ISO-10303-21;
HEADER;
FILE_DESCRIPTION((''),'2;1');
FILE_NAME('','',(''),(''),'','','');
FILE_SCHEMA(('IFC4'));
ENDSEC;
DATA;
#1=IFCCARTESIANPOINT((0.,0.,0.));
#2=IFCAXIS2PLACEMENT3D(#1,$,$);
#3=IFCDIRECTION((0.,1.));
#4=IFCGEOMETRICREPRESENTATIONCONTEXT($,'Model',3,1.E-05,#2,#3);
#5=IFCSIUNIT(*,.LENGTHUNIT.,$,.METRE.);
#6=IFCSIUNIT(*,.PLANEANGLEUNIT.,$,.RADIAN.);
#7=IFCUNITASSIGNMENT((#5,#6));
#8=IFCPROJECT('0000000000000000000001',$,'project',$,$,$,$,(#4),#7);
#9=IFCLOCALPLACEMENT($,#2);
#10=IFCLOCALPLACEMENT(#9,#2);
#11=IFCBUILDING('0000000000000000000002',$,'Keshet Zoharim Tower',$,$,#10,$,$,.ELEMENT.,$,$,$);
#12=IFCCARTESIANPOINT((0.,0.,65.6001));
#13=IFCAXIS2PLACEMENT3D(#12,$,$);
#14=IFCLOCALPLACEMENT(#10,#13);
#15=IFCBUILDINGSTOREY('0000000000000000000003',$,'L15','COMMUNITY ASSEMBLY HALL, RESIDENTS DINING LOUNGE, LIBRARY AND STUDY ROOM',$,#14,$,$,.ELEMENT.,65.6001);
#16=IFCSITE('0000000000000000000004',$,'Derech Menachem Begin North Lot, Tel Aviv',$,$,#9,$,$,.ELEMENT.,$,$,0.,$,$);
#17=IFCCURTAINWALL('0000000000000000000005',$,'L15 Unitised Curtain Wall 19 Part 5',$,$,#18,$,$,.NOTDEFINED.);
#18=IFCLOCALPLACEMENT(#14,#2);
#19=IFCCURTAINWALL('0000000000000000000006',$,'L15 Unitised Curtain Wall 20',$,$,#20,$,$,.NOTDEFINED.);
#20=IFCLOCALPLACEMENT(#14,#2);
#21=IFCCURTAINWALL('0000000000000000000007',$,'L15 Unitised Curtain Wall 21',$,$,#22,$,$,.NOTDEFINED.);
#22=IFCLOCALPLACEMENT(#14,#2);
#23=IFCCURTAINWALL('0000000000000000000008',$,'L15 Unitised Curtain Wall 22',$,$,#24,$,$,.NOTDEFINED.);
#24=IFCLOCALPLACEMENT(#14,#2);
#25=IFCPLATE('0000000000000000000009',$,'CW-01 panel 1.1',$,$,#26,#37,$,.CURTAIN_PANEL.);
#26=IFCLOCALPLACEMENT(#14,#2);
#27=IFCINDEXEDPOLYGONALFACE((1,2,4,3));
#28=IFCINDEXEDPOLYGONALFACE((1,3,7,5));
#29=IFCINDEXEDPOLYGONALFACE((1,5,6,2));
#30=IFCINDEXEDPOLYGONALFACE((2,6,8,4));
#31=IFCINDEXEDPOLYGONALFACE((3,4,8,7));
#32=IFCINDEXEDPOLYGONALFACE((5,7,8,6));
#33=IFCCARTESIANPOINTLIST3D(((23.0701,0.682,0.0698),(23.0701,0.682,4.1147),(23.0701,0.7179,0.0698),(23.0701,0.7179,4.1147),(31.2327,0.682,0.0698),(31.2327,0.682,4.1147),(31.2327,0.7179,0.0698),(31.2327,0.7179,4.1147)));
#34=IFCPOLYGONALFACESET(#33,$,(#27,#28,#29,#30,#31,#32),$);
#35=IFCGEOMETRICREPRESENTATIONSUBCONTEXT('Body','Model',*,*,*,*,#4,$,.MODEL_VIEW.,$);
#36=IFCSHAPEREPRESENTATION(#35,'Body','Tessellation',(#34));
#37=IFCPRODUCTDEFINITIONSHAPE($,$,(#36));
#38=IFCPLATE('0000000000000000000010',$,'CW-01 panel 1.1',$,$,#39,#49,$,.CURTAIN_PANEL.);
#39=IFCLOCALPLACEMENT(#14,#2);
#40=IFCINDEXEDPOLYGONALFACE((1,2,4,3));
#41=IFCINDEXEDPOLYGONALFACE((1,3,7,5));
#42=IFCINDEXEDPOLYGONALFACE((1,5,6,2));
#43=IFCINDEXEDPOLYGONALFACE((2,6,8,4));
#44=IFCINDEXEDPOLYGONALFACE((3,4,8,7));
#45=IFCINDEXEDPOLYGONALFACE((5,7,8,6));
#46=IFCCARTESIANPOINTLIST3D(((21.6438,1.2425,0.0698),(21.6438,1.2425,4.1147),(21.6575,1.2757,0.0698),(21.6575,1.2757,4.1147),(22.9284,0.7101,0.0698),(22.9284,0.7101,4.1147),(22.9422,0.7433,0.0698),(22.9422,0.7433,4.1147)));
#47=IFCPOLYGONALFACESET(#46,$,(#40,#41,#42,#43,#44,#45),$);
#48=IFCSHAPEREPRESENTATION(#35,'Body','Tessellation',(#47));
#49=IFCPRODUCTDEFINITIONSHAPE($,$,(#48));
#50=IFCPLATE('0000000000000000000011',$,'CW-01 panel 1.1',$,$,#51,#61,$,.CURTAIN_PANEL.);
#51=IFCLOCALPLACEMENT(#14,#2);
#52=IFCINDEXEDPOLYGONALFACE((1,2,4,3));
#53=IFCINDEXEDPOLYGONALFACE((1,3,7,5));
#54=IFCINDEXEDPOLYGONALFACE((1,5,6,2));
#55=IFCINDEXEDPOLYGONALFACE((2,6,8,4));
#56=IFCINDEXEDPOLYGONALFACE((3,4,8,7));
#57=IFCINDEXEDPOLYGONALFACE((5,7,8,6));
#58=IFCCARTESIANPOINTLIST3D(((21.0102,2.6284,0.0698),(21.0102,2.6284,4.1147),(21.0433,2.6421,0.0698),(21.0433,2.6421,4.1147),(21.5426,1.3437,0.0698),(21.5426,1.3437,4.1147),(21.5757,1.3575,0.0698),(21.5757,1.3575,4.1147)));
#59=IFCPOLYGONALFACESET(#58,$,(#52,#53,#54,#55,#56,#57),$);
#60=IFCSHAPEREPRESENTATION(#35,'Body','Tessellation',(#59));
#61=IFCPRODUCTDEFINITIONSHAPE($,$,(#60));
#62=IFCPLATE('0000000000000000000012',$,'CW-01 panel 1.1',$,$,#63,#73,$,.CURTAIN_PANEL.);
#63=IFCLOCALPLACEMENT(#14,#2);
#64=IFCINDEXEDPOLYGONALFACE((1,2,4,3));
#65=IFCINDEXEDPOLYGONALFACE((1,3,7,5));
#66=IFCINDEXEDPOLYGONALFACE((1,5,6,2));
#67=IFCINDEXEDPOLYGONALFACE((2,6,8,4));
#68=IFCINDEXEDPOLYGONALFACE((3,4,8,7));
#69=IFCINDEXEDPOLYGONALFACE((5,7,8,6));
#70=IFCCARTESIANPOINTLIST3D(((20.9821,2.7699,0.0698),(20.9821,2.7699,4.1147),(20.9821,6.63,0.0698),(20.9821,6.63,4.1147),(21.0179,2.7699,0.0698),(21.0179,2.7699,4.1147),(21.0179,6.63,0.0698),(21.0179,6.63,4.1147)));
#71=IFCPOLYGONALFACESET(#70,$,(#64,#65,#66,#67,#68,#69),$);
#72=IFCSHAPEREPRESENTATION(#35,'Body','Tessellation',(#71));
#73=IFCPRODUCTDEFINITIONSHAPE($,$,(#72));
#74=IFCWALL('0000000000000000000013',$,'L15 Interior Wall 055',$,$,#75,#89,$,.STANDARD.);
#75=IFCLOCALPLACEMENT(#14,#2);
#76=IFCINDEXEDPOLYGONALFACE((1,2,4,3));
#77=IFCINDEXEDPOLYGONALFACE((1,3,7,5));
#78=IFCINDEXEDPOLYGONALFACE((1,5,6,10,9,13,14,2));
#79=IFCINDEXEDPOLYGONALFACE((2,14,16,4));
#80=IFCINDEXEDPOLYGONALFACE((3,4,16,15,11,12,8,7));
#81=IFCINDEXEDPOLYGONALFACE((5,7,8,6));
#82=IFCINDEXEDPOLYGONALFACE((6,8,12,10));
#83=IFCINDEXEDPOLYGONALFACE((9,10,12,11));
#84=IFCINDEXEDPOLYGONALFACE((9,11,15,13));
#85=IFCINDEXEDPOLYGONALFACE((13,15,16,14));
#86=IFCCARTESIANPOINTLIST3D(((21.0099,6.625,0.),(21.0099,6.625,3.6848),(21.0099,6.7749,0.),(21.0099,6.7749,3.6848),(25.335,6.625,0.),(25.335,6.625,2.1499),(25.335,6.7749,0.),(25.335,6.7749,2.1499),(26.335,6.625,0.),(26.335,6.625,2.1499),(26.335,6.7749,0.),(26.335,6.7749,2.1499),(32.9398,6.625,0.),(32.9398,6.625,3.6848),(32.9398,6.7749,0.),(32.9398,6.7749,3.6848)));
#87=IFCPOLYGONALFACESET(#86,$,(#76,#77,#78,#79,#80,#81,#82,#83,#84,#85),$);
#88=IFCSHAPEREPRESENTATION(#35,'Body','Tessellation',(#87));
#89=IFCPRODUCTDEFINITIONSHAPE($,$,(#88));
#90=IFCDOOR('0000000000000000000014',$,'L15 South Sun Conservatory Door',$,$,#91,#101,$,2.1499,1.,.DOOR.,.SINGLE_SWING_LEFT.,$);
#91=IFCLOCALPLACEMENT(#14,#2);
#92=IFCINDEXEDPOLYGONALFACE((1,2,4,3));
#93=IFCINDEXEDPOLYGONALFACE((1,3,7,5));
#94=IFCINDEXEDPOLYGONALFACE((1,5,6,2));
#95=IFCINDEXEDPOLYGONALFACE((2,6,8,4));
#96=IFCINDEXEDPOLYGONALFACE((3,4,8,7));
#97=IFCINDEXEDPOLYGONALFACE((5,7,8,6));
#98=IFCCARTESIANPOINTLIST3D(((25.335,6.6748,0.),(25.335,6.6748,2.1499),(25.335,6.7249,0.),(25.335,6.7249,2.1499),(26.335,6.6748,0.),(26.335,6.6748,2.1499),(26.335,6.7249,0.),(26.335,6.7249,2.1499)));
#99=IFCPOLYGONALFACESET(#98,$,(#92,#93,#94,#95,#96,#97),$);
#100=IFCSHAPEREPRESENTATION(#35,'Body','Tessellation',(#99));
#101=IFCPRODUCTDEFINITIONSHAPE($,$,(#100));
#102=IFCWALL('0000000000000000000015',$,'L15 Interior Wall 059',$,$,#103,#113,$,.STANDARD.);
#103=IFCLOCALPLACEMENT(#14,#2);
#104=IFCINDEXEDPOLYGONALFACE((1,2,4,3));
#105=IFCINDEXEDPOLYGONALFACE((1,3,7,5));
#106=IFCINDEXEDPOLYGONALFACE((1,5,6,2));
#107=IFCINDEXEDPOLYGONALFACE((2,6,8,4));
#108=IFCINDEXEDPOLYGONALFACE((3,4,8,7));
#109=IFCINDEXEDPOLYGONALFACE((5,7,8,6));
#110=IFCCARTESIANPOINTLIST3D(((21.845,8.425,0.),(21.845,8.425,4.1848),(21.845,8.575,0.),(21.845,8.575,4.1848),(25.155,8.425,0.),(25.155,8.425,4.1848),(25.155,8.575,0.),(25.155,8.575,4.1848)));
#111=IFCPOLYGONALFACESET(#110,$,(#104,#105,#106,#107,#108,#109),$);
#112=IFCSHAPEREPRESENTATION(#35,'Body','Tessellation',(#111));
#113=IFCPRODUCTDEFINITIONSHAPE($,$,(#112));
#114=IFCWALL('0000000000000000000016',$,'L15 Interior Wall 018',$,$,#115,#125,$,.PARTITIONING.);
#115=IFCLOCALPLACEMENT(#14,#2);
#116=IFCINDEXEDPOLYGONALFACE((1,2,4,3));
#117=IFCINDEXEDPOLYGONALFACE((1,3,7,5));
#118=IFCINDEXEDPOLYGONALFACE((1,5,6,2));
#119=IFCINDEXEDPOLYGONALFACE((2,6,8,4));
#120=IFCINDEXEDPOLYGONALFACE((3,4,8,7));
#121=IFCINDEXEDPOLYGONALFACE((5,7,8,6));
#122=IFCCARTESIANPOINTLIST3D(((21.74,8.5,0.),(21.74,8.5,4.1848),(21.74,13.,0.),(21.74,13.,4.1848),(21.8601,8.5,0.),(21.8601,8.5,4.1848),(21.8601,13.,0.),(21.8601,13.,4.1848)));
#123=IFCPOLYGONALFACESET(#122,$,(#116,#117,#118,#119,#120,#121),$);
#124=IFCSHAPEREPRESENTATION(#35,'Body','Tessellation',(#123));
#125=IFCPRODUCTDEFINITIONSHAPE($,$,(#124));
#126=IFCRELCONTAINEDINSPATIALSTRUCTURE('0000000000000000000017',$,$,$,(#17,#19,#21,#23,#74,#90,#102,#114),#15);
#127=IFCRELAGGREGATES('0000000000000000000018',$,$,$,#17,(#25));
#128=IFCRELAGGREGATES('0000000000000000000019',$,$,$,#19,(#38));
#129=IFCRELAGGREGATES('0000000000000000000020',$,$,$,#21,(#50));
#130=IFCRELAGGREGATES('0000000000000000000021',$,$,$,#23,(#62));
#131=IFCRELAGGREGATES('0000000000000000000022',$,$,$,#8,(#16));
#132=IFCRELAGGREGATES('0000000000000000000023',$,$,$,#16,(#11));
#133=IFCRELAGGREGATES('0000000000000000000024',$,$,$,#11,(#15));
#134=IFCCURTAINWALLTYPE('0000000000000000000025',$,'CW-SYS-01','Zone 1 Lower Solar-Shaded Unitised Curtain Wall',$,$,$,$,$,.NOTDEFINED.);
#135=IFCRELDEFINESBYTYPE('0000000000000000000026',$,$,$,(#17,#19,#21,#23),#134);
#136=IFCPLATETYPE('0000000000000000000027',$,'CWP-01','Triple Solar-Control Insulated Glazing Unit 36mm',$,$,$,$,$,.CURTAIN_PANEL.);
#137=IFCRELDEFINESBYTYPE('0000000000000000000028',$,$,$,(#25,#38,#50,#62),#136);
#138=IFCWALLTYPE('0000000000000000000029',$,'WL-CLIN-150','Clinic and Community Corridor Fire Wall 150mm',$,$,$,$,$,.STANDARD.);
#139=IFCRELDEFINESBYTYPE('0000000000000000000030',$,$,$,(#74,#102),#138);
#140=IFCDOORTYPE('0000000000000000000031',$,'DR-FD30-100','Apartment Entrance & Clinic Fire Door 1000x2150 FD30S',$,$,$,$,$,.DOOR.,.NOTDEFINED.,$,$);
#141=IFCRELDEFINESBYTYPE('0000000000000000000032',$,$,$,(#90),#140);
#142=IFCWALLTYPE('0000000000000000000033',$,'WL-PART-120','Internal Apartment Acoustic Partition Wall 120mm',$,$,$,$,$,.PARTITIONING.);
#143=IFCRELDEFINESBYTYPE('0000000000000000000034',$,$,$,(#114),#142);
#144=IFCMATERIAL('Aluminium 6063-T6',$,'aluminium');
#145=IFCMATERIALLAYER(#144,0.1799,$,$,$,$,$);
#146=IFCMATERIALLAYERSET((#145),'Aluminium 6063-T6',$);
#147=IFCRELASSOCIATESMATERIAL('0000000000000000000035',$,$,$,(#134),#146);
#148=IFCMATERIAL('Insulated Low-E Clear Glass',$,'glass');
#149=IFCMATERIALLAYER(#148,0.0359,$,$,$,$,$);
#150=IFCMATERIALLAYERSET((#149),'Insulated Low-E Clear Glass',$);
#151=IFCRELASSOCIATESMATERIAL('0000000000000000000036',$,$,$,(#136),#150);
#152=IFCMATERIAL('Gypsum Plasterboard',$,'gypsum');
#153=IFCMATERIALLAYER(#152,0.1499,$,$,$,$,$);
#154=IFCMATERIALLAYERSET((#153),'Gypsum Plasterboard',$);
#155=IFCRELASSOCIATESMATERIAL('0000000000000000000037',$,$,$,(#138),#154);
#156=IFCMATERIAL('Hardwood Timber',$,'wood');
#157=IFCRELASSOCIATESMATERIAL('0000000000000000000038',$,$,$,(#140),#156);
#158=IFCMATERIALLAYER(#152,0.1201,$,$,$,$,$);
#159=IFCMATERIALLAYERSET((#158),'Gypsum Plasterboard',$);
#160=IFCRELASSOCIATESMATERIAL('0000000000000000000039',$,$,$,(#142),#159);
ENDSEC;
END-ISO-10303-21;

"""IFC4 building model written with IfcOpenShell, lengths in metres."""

from ifc_helpers import new_model, si_unit, direction, frame, frame_2d, origin, origin_2d, place, context, subcontext, project, spatial, rectangle, extrude, material, layer, layer_set, type_object, element, fill, aggregate, save


model = new_model("IFC4")

# Units and contexts
model_context = context("Model", 3, precision=1e-05, world=origin(), true_north=direction((0.0, 1.0)))
body_context = subcontext(model_context, "Body", "Model", "MODEL_VIEW")
ifc_project = project(units=[si_unit("LENGTHUNIT", "METRE"), si_unit("PLANEANGLEUNIT", "RADIAN")], contexts=[model_context])

# Site, building, storey
site_placement = place(None, origin())
site = spatial("IfcSite", under=ifc_project, at=site_placement, Name="Derech Menachem Begin North Lot, Tel Aviv", CompositionType="ELEMENT", RefElevation=0.0)
building_placement = place(site_placement, origin())
building = spatial("IfcBuilding", under=site, at=building_placement, Name="Keshet Zoharim Tower", CompositionType="ELEMENT")
storey_placement = place(building_placement, frame((0.0, 0.0, 65.6001)))
storey = spatial("IfcBuildingStorey", under=building, at=storey_placement, Name="L15", Description="COMMUNITY ASSEMBLY HALL, RESIDENTS DINING LOUNGE, LIBRARY AND STUDY ROOM", CompositionType="ELEMENT", Elevation=65.6001)

# Curtain wall
ifc_material_1 = material(Name="Aluminium 6063-T6", Category="aluminium")
ifc_layer_1 = layer(ifc_material_1, 0.1799)
ifc_layer_set_1 = layer_set([ifc_layer_1], Name="Aluminium 6063-T6")
curtain_wall_type = type_object("IfcCurtainWallType", Name="CW-SYS-01", Description="Zone 1 Lower Solar-Shaded Unitised Curtain Wall", PredefinedType="NOTDEFINED", material=ifc_layer_set_1)
curtain_wall_1_placement = place(storey_placement, origin())
curtain_wall_1 = element("IfcCurtainWall", 1, at=curtain_wall_1_placement, inside=storey, type_object=curtain_wall_type, Name="L15 Unitised Curtain Wall 19 Part 5", PredefinedType="NOTDEFINED")

# Curtain walls
curtain_wall_2_placement = place(storey_placement, origin())
curtain_wall_2 = element("IfcCurtainWall", 2, at=curtain_wall_2_placement, inside=storey, type_object=curtain_wall_type, Name="L15 Unitised Curtain Wall 20", PredefinedType="NOTDEFINED")
curtain_wall_3_placement = place(storey_placement, origin())
curtain_wall_3 = element("IfcCurtainWall", 3, at=curtain_wall_3_placement, inside=storey, type_object=curtain_wall_type, Name="L15 Unitised Curtain Wall 21", PredefinedType="NOTDEFINED")

# Curtain wall
curtain_wall_4_placement = place(storey_placement, origin())
curtain_wall_4 = element("IfcCurtainWall", 4, at=curtain_wall_4_placement, inside=storey, type_object=curtain_wall_type, Name="L15 Unitised Curtain Wall 22", PredefinedType="NOTDEFINED")

# Plates
ifc_material_2 = material(Name="Insulated Low-E Clear Glass", Category="glass")
ifc_layer_2 = layer(ifc_material_2, 0.0359)
ifc_layer_set_2 = layer_set([ifc_layer_2], Name="Insulated Low-E Clear Glass")
plate_type = type_object("IfcPlateType", Name="CWP-01", Description="Triple Solar-Control Insulated Glazing Unit 36mm", PredefinedType="CURTAIN_PANEL", material=ifc_layer_set_2)
plate_1_placement = place(storey_placement, frame((27.1514, 0.7, 0.0698), z_axis=(0.0, 0.0, 1.0), x_axis=(-1.0, 0.0, 0.0)))
plate_1 = element("IfcPlate", 5, at=plate_1_placement, type_object=plate_type, Name="CW-01 panel 1.1", PredefinedType="CURTAIN_PANEL", context=body_context, shape_type="SweptSolid", body=[
    extrude(rectangle(XDim=8.1626, YDim=0.0359, at=origin_2d()), origin(), (0.0, 0.0, 1.0), 4.0449),
])
aggregate(curtain_wall_1, [plate_1])
plate_2_placement = place(storey_placement, frame((22.293, 0.9929, 0.0698), z_axis=(0.0, 0.0, 1.0), x_axis=(-0.92381, 0.382852, 0.0)))
plate_2 = element("IfcPlate", 6, at=plate_2_placement, type_object=plate_type, Name="CW-01 panel 1.1", PredefinedType="CURTAIN_PANEL", context=body_context, shape_type="SweptSolid", body=[
    extrude(rectangle(XDim=1.3906, YDim=0.0359, at=origin_2d()), origin(), (0.0, 0.0, 1.0), 4.0449),
])
aggregate(curtain_wall_2, [plate_2])
plate_3_placement = place(storey_placement, frame((21.293, 1.9929, 0.0698), z_axis=(0.0, 0.0, 1.0), x_axis=(-0.382852, 0.92381, 0.0)))
plate_3 = element("IfcPlate", 7, at=plate_3_placement, type_object=plate_type, Name="CW-01 panel 1.1", PredefinedType="CURTAIN_PANEL", context=body_context, shape_type="SweptSolid", body=[
    extrude(rectangle(XDim=1.3906, YDim=0.0359, at=origin_2d()), origin(), (0.0, 0.0, 1.0), 4.0449),
])
aggregate(curtain_wall_3, [plate_3])
plate_4_placement = place(storey_placement, frame((21.0, 4.7, 0.0698), z_axis=(0.0, 0.0, 1.0), x_axis=(0.0, 1.0, 0.0)))
plate_4 = element("IfcPlate", 8, at=plate_4_placement, type_object=plate_type, Name="CW-01 panel 1.1", PredefinedType="CURTAIN_PANEL", context=body_context, shape_type="SweptSolid", body=[
    extrude(rectangle(XDim=3.8601, YDim=0.0359, at=origin_2d()), origin(), (0.0, 0.0, 1.0), 4.0449),
])
aggregate(curtain_wall_4, [plate_4])

# Wall, opening, door
ifc_material_3 = material(Name="Gypsum Plasterboard", Category="gypsum")
ifc_layer_3 = layer(ifc_material_3, 0.1499)
ifc_layer_set_3 = layer_set([ifc_layer_3], Name="Gypsum Plasterboard")
wall_type_1 = type_object("IfcWallType", Name="WL-CLIN-150", Description="Clinic and Community Corridor Fire Wall 150mm", PredefinedType="STANDARD", material=ifc_layer_set_3)
wall_1_placement = place(storey_placement, frame((21.01, 6.7, 0.0), z_axis=(0.0, 0.0, 1.0), x_axis=(1.0, 0.0, 0.0)))
wall_1 = element("IfcWall", 9, at=wall_1_placement, inside=storey, type_object=wall_type_1, Name="L15 Interior Wall 055", PredefinedType="STANDARD", context=body_context, shape_type="SweptSolid", body=[
    extrude(rectangle(XDim=11.9299, YDim=0.1499, at=frame_2d((5.9648, 0.0))), origin(), (0.0, 0.0, 1.0), 3.6848),
])
opening_placement = place(wall_1_placement, frame((4.325, 0.0, 0.0)))
opening = element("IfcOpeningElement", 10, at=opening_placement, cuts=wall_1, PredefinedType="OPENING", context=body_context, shape_type="SweptSolid", body=[
    extrude(rectangle(XDim=1.0, YDim=2.1499, at=frame_2d((0.5, 1.075))), frame((0.0, 0.085, 0.0), z_axis=(0.0, -1.0, 0.0), x_axis=(1.0, 0.0, 0.0)), (0.0, 0.0, 1.0), 0.1699),
])
ifc_material_4 = material(Name="Hardwood Timber", Category="wood")
door_type = type_object("IfcDoorType", Name="DR-FD30-100", Description="Apartment Entrance & Clinic Fire Door 1000x2150 FD30S", OperationType="NOTDEFINED", PredefinedType="DOOR", material=ifc_material_4)
door_placement = place(opening_placement, origin())
door = element("IfcDoor", 11, at=door_placement, inside=storey, type_object=door_type, Name="L15 South Sun Conservatory Door", OperationType="SINGLE_SWING_LEFT", OverallHeight=2.1499, OverallWidth=1.0, PredefinedType="DOOR", context=body_context, shape_type="SweptSolid", body=[
    extrude(rectangle(XDim=1.0, YDim=2.1499, at=frame_2d((0.5, 1.075))), frame((0.0, 0.0249, 0.0), z_axis=(0.0, -1.0, 0.0), x_axis=(1.0, 0.0, 0.0)), (0.0, 0.0, 1.0), 0.05),
])
fill(opening, door)

# Walls
wall_2_placement = place(storey_placement, frame((21.845, 8.5, 0.0), z_axis=(0.0, 0.0, 1.0), x_axis=(1.0, 0.0, 0.0)))
element("IfcWall", 12, at=wall_2_placement, inside=storey, type_object=wall_type_1, Name="L15 Interior Wall 059", PredefinedType="STANDARD", context=body_context, shape_type="SweptSolid", body=[
    extrude(rectangle(XDim=3.3101, YDim=0.1499, at=frame_2d((1.655, 0.0))), origin(), (0.0, 0.0, 1.0), 4.1848),
])
ifc_layer_4 = layer(ifc_material_3, 0.1201)
ifc_layer_set_4 = layer_set([ifc_layer_4], Name="Gypsum Plasterboard")
wall_type_2 = type_object("IfcWallType", Name="WL-PART-120", Description="Internal Apartment Acoustic Partition Wall 120mm", PredefinedType="PARTITIONING", material=ifc_layer_set_4)
wall_3_placement = place(storey_placement, frame((21.8, 8.5, 0.0), z_axis=(0.0, 0.0, 1.0), x_axis=(0.0, 1.0, 0.0)))
element("IfcWall", 13, at=wall_3_placement, inside=storey, type_object=wall_type_2, Name="L15 Interior Wall 018", PredefinedType="PARTITIONING", context=body_context, shape_type="SweptSolid", body=[
    extrude(rectangle(XDim=4.5, YDim=0.1201, at=frame_2d((2.25, 0.0))), origin(), (0.0, 0.0, 1.0), 4.1848),
])

save(model, "model.ifc")
